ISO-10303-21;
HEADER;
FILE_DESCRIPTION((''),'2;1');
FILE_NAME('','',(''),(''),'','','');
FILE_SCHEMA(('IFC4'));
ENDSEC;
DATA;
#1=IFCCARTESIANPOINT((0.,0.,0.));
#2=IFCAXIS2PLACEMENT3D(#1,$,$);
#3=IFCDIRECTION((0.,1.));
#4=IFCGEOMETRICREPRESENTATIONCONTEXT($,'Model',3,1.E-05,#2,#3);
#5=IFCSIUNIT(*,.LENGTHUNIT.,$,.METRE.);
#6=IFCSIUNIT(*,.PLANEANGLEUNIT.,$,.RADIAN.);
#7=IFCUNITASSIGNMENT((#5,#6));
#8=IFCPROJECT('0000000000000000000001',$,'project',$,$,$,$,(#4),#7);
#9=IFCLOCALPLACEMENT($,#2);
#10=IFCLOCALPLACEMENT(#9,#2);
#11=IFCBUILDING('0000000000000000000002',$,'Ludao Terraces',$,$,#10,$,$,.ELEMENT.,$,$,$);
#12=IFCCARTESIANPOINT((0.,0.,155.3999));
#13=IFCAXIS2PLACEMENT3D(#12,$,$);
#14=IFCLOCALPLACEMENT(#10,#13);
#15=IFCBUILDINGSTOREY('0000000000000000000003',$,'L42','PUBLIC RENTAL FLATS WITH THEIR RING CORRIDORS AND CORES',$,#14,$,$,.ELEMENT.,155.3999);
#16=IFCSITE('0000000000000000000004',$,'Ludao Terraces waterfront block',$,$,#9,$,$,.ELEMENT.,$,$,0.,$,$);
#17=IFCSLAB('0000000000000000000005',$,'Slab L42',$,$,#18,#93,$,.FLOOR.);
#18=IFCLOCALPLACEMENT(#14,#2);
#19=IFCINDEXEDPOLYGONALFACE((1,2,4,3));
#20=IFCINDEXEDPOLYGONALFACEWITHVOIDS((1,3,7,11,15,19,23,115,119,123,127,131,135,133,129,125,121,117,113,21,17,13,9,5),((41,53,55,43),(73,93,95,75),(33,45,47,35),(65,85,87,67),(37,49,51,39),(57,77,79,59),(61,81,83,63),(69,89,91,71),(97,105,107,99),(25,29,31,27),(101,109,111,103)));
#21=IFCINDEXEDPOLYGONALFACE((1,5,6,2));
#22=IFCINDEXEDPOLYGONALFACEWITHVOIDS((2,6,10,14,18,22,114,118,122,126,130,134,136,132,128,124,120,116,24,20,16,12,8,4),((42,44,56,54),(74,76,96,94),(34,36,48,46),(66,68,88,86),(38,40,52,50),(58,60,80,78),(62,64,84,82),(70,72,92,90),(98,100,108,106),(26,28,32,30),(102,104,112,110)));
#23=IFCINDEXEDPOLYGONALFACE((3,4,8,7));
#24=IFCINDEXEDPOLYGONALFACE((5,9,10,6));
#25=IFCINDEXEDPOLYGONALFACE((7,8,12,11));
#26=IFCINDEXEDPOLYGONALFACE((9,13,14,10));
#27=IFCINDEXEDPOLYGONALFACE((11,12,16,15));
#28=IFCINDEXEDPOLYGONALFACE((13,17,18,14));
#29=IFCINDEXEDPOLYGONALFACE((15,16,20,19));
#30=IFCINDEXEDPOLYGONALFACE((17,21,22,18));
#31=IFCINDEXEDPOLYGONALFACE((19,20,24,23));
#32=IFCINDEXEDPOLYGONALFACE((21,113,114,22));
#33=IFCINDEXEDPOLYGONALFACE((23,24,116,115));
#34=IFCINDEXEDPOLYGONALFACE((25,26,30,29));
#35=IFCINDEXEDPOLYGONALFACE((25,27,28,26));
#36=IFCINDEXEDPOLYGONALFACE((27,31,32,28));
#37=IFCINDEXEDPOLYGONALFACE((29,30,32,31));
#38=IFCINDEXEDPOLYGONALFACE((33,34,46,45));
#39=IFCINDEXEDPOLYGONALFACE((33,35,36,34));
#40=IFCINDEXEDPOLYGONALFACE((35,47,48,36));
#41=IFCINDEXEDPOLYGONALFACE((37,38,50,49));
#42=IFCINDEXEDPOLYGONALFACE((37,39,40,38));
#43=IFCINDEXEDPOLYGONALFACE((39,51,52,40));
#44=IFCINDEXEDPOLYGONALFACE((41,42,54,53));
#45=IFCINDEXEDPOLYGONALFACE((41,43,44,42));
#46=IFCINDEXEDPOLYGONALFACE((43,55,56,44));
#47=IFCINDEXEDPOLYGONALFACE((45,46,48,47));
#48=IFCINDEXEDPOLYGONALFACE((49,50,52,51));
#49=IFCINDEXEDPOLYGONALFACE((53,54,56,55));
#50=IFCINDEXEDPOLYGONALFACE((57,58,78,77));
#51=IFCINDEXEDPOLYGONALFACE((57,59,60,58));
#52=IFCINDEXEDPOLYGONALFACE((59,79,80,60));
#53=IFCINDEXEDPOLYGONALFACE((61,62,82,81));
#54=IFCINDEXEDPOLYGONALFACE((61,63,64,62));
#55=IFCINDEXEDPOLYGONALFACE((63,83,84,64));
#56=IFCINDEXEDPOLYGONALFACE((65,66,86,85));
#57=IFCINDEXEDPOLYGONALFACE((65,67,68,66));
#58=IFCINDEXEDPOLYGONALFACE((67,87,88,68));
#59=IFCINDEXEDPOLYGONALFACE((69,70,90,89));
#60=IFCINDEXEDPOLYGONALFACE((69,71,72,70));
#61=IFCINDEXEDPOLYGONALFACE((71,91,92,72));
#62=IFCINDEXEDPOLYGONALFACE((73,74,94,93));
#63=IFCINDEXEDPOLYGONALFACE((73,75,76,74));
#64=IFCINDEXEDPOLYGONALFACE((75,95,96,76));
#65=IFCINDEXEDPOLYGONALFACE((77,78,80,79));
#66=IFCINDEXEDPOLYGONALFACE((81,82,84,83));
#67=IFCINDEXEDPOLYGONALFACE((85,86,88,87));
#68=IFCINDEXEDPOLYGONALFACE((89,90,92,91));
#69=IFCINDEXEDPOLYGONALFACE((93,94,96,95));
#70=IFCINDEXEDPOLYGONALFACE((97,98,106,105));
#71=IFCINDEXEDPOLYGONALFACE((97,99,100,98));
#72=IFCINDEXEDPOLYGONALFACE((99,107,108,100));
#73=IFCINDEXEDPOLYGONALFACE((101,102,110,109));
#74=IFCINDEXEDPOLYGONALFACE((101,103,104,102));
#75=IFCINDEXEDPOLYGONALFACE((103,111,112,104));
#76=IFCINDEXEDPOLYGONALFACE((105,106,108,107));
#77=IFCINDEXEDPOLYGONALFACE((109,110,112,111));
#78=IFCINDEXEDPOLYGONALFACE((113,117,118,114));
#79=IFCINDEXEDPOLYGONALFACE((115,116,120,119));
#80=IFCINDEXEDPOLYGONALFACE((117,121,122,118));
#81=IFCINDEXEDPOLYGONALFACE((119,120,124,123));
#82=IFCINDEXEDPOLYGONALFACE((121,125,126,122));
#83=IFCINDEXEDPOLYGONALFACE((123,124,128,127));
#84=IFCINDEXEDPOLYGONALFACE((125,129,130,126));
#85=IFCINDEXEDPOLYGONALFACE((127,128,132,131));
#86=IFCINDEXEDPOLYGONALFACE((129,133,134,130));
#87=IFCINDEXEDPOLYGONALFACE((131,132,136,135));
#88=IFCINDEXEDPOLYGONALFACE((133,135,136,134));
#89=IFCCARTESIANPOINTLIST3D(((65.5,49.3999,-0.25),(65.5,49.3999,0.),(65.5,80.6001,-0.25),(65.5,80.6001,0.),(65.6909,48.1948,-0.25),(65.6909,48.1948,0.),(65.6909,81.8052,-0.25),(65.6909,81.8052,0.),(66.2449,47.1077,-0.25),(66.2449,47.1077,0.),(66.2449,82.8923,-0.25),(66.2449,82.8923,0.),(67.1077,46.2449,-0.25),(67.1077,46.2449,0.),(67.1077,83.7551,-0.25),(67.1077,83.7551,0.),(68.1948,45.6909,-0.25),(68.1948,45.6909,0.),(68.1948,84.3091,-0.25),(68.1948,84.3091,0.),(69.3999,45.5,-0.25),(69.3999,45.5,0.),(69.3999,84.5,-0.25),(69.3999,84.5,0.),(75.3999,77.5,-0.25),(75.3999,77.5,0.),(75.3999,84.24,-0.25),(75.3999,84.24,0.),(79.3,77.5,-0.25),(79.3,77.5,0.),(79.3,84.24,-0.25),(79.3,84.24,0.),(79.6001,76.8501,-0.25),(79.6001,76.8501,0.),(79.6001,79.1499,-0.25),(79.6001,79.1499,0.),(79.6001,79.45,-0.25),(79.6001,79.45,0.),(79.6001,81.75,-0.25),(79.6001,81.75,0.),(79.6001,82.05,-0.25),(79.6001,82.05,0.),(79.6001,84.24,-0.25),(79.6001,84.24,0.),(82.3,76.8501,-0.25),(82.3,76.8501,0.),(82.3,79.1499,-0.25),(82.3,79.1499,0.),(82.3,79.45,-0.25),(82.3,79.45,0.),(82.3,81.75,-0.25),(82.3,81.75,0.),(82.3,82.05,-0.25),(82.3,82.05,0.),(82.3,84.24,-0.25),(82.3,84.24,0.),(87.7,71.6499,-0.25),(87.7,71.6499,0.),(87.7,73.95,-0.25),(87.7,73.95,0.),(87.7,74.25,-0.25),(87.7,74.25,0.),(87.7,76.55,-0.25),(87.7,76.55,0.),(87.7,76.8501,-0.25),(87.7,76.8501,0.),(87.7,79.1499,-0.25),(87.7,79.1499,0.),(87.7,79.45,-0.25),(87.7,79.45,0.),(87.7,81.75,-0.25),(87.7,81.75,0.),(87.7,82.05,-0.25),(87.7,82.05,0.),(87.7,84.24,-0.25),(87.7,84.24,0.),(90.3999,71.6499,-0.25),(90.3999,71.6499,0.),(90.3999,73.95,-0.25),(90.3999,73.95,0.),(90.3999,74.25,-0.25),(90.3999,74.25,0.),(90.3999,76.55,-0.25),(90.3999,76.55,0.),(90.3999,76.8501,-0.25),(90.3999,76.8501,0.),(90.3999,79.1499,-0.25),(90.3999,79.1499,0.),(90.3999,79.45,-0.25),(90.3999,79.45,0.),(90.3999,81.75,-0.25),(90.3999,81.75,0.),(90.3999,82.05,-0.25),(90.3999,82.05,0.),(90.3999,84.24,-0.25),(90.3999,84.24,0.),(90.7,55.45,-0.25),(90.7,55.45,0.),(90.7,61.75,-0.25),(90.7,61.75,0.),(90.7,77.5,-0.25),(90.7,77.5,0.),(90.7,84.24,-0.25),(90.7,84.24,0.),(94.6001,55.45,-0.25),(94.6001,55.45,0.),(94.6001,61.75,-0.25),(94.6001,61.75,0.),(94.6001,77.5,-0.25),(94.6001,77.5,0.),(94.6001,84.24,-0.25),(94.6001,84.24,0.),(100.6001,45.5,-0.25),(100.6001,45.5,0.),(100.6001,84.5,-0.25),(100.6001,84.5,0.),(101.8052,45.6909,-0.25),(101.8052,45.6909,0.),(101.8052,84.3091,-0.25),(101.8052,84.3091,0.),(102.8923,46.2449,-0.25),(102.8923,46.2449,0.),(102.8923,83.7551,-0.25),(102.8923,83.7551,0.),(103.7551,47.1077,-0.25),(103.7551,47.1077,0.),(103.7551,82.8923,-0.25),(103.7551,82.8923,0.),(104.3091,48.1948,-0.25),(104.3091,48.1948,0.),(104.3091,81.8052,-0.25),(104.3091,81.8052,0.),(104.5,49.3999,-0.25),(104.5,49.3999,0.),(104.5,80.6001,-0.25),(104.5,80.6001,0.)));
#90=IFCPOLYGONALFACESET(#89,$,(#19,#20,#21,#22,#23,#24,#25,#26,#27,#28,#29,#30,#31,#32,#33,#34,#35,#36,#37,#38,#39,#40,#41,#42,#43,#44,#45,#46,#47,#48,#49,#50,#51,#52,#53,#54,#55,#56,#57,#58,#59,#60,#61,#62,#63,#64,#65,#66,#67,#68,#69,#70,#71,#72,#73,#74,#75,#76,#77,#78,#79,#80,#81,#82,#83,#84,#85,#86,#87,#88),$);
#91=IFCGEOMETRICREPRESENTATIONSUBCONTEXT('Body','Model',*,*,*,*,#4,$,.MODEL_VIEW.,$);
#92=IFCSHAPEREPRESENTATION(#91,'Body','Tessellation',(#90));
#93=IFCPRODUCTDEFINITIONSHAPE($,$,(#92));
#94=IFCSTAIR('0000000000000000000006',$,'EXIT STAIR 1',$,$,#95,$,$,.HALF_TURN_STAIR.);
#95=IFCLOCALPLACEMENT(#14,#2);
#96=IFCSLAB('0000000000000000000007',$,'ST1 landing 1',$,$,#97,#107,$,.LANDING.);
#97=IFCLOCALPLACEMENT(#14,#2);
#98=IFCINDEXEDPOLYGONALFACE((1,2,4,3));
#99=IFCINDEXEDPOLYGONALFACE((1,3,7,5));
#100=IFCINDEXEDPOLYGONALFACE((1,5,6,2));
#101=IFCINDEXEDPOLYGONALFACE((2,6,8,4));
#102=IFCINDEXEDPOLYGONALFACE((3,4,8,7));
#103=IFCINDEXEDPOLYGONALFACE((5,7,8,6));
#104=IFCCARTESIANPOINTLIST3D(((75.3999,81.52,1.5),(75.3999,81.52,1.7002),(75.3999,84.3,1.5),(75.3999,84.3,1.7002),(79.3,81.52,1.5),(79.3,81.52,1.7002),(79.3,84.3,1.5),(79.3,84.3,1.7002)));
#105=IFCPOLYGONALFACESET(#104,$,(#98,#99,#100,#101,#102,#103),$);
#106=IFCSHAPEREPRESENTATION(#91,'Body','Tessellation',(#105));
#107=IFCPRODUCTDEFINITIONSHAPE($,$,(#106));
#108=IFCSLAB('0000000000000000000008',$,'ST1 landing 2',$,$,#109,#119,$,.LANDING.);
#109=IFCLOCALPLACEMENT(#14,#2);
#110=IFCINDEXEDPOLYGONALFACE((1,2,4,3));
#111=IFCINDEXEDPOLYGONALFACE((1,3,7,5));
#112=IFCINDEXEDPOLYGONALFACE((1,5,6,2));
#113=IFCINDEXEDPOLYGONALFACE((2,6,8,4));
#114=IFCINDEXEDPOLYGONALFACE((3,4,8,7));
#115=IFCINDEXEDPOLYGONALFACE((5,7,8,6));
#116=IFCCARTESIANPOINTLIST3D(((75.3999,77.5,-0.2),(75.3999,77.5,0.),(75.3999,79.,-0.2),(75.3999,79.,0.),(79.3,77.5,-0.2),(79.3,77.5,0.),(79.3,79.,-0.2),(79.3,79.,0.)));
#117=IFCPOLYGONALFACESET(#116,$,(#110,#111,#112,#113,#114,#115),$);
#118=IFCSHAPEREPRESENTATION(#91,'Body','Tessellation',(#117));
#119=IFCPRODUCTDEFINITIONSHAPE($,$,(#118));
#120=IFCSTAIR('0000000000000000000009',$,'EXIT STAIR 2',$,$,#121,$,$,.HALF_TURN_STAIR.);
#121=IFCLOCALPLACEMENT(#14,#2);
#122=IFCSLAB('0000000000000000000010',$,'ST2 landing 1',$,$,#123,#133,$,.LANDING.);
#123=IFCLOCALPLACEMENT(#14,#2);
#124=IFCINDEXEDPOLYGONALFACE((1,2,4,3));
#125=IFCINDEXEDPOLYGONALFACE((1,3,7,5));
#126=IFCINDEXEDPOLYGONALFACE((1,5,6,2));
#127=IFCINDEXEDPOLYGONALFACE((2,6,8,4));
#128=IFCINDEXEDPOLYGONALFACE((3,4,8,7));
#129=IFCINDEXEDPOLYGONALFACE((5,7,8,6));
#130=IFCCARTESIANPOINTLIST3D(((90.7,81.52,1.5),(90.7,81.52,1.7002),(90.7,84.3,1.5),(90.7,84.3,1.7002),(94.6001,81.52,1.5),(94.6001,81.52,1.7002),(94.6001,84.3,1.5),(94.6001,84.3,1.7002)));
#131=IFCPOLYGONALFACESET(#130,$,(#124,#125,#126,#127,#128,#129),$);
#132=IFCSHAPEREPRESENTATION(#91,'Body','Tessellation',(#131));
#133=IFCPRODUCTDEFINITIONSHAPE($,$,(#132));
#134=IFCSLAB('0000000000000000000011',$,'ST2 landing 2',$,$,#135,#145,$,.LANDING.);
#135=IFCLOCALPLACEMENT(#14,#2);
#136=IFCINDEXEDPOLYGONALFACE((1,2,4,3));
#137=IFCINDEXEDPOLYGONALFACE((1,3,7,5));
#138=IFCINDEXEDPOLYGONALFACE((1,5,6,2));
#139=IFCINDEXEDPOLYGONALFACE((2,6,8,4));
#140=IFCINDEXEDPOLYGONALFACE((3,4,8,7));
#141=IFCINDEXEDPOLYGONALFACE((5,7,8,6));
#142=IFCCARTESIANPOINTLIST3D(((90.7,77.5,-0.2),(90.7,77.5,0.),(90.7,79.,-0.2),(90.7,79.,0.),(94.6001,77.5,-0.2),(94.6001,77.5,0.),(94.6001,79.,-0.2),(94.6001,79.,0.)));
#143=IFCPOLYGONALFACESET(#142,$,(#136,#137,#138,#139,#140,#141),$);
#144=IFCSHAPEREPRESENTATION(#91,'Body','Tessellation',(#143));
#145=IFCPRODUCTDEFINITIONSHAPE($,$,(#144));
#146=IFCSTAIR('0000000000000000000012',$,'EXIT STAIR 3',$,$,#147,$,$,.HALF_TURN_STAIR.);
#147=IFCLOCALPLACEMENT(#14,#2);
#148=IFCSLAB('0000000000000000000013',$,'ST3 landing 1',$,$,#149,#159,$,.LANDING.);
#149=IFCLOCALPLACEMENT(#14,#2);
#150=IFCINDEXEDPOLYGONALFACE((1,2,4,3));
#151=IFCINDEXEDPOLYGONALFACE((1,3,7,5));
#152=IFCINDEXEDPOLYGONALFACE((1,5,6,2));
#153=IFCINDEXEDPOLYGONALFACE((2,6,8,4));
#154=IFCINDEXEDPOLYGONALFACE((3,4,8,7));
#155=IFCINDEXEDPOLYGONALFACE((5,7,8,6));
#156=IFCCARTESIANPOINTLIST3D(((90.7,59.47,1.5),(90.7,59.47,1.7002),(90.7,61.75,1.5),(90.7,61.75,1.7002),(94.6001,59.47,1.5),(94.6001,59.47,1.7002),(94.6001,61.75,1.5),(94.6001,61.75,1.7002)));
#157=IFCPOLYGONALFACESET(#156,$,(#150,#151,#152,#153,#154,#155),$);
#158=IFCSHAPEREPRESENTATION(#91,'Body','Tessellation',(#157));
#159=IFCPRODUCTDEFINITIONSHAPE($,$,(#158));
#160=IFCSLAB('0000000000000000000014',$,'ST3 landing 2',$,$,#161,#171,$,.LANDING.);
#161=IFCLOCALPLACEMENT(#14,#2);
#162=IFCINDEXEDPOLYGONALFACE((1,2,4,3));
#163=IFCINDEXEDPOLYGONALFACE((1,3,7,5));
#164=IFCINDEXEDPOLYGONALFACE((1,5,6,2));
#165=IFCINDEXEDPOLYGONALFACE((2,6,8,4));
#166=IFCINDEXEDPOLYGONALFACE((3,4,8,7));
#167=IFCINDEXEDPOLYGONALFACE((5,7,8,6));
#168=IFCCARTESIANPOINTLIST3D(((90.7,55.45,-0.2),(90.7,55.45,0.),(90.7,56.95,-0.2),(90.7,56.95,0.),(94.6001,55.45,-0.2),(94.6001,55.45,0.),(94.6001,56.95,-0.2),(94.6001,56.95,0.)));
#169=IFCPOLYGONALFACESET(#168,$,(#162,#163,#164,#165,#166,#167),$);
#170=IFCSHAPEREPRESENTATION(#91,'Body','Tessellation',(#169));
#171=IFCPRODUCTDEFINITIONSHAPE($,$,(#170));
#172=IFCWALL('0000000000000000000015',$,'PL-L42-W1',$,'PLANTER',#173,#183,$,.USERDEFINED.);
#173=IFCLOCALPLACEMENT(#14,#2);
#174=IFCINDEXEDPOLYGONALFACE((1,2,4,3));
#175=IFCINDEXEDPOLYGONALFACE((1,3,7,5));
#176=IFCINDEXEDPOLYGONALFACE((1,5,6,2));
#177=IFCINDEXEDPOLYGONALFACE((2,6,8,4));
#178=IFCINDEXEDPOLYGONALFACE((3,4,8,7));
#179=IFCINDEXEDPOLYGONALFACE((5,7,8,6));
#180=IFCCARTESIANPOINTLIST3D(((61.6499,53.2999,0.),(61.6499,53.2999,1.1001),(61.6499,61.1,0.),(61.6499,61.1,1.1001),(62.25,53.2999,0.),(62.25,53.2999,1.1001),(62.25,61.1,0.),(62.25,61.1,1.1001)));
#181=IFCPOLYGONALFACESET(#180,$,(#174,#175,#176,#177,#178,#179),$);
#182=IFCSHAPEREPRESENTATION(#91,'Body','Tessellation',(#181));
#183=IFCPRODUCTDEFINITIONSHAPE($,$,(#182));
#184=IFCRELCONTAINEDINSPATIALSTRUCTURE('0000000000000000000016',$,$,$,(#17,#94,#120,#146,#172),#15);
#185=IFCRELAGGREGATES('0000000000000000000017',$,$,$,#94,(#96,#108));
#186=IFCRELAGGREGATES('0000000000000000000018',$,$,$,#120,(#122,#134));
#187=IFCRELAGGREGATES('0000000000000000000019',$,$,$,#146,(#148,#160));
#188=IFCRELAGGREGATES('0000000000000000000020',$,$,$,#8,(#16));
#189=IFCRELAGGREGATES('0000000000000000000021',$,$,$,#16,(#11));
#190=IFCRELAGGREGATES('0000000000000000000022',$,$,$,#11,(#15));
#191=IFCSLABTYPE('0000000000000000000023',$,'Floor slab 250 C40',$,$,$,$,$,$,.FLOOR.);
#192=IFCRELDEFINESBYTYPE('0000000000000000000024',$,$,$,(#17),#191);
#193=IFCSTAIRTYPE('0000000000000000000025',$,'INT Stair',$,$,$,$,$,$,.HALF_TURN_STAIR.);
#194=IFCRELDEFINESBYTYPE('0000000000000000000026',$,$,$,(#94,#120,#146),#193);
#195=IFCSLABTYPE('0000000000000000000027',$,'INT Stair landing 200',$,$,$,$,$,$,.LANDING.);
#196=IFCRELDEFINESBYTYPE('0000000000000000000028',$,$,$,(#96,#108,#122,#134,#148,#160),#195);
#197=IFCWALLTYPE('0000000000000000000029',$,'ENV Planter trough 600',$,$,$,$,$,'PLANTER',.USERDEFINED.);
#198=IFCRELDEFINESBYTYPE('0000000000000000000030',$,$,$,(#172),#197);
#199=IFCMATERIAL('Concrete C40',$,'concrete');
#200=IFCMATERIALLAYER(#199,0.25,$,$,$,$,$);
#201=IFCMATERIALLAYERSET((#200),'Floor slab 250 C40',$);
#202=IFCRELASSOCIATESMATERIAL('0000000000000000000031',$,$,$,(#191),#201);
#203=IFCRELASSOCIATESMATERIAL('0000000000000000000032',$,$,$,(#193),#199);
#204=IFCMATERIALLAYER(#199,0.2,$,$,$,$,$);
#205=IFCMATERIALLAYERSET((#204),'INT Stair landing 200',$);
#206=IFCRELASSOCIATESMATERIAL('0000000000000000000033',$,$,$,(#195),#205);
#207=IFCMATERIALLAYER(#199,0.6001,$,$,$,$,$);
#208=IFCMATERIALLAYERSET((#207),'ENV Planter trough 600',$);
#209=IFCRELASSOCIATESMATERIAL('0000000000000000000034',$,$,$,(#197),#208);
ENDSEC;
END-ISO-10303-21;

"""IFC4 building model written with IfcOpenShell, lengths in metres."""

from ifc_helpers import new_model, si_unit, direction, frame, frame_2d, origin, place, context, subcontext, project, spatial, polyline, rectangle, outline, extrude, material, layer, layer_set, type_object, element, aggregate, save


model = new_model("IFC4")

# Units and contexts
model_context = context("Model", 3, precision=1e-05, world=origin(), true_north=direction((0.0, 1.0)))
body_context = subcontext(model_context, "Body", "Model", "MODEL_VIEW")
ifc_project = project(units=[si_unit("LENGTHUNIT", "METRE"), si_unit("PLANEANGLEUNIT", "RADIAN")], contexts=[model_context])

# Site, building, storey
site_placement = place(None, origin())
site = spatial("IfcSite", under=ifc_project, at=site_placement, Name="Ludao Terraces waterfront block", CompositionType="ELEMENT", RefElevation=0.0)
building_placement = place(site_placement, origin())
building = spatial("IfcBuilding", under=site, at=building_placement, Name="Ludao Terraces", CompositionType="ELEMENT")
storey_placement = place(building_placement, frame((0.0, 0.0, 155.3999)))
storey = spatial("IfcBuildingStorey", under=building, at=storey_placement, Name="L42", Description="PUBLIC RENTAL FLATS WITH THEIR RING CORRIDORS AND CORES", CompositionType="ELEMENT", Elevation=155.3999)

# Shared definitions
ifc_material_1 = material(Name="Concrete C40", Category="concrete")

# Slab
ifc_layer_1 = layer(ifc_material_1, 0.25)
ifc_layer_set_1 = layer_set([ifc_layer_1], Name="Floor slab 250 C40")
slab_type_1 = type_object("IfcSlabType", Name="Floor slab 250 C40", PredefinedType="FLOOR", material=ifc_layer_set_1)
slab_1_placement = place(storey_placement, frame((0.0, 0.0, -0.25)))
element("IfcSlab", 1, at=slab_1_placement, inside=storey, type_object=slab_type_1, Name="Slab L42", PredefinedType="FLOOR", context=body_context, shape_type="SweptSolid", body=[
    extrude(outline(polyline([(100.6001, 45.5), (101.8052, 45.6909), (102.8923, 46.2449), (103.7551, 47.1077), (104.3091, 48.1948), (104.5, 49.3999), (104.5, 80.6001), (104.3091, 81.8052), (103.7551, 82.8923), (102.8923, 83.7551), (101.8052, 84.3091), (100.6001, 84.5), (69.3999, 84.5), (68.1948, 84.3091), (67.1077, 83.7551), (66.2449, 82.8923), (65.6909, 81.8052), (65.5, 80.6001), (65.5, 49.3999), (65.6909, 48.1948), (66.2449, 47.1077), (67.1077, 46.2449), (68.1948, 45.6909), (69.3999, 45.5), (100.6001, 45.5)]), holes=[polyline([(79.6001, 76.8501), (82.3, 76.8501), (82.3, 79.1499), (79.6001, 79.1499), (79.6001, 76.8501)]), polyline([(79.6001, 79.45), (82.3, 79.45), (82.3, 81.75), (79.6001, 81.75), (79.6001, 79.45)]), polyline([(79.6001, 82.05), (82.3, 82.05), (82.3, 84.24), (79.6001, 84.24), (79.6001, 82.05)]), polyline([(87.7, 71.6499), (90.3999, 71.6499), (90.3999, 73.95), (87.7, 73.95), (87.7, 71.6499)]), polyline([(87.7, 74.25), (90.3999, 74.25), (90.3999, 76.55), (87.7, 76.55), (87.7, 74.25)]), polyline([(87.7, 76.8501), (90.3999, 76.8501), (90.3999, 79.1499), (87.7, 79.1499), (87.7, 76.8501)]), polyline([(87.7, 79.45), (90.3999, 79.45), (90.3999, 81.75), (87.7, 81.75), (87.7, 79.45)]), polyline([(87.7, 82.05), (90.3999, 82.05), (90.3999, 84.24), (87.7, 84.24), (87.7, 82.05)]), polyline([(75.3999, 77.5), (79.3, 77.5), (79.3, 84.24), (75.3999, 84.24), (75.3999, 77.5)]), polyline([(90.7, 77.5), (94.6001, 77.5), (94.6001, 84.24), (90.7, 84.24), (90.7, 77.5)]), polyline([(90.7, 55.45), (94.6001, 55.45), (94.6001, 61.75), (90.7, 61.75), (90.7, 55.45)])]), origin(), (0.0, 0.0, 1.0), 0.25),
])

# Stairs, slabs
stair_type = type_object("IfcStairType", Name="INT Stair", PredefinedType="HALF_TURN_STAIR", material=ifc_material_1)
stair_1_placement = place(storey_placement, origin())
stair_1 = element("IfcStair", 2, at=stair_1_placement, inside=storey, type_object=stair_type, Name="EXIT STAIR 1", PredefinedType="HALF_TURN_STAIR")
ifc_layer_2 = layer(ifc_material_1, 0.2)
ifc_layer_set_2 = layer_set([ifc_layer_2], Name="INT Stair landing 200")
slab_type_2 = type_object("IfcSlabType", Name="INT Stair landing 200", PredefinedType="LANDING", material=ifc_layer_set_2)
slab_2_placement = place(storey_placement, frame((0.0, 0.0, 1.5)))
slab_2 = element("IfcSlab", 3, at=slab_2_placement, type_object=slab_type_2, Name="ST1 landing 1", PredefinedType="LANDING", context=body_context, shape_type="SweptSolid", body=[
    extrude(outline(polyline([(75.3999, 81.52), (79.3, 81.52), (79.3, 84.3), (75.3999, 84.3), (75.3999, 81.52)])), origin(), (0.0, 0.0, 1.0), 0.2002),
])
slab_3_placement = place(storey_placement, frame((0.0, 0.0, -0.2)))
slab_3 = element("IfcSlab", 4, at=slab_3_placement, type_object=slab_type_2, Name="ST1 landing 2", PredefinedType="LANDING", context=body_context, shape_type="SweptSolid", body=[
    extrude(outline(polyline([(75.3999, 77.5), (79.3, 77.5), (79.3, 79.0), (75.3999, 79.0), (75.3999, 77.5)])), origin(), (0.0, 0.0, 1.0), 0.2),
])
aggregate(stair_1, [slab_2, slab_3])
stair_2_placement = place(storey_placement, origin())
stair_2 = element("IfcStair", 5, at=stair_2_placement, inside=storey, type_object=stair_type, Name="EXIT STAIR 2", PredefinedType="HALF_TURN_STAIR")
slab_4_placement = place(storey_placement, frame((0.0, 0.0, 1.5)))
slab_4 = element("IfcSlab", 6, at=slab_4_placement, type_object=slab_type_2, Name="ST2 landing 1", PredefinedType="LANDING", context=body_context, shape_type="SweptSolid", body=[
    extrude(outline(polyline([(90.7, 81.52), (94.6001, 81.52), (94.6001, 84.3), (90.7, 84.3), (90.7, 81.52)])), origin(), (0.0, 0.0, 1.0), 0.2002),
])
slab_5_placement = place(storey_placement, frame((0.0, 0.0, -0.2)))
slab_5 = element("IfcSlab", 7, at=slab_5_placement, type_object=slab_type_2, Name="ST2 landing 2", PredefinedType="LANDING", context=body_context, shape_type="SweptSolid", body=[
    extrude(outline(polyline([(90.7, 77.5), (94.6001, 77.5), (94.6001, 79.0), (90.7, 79.0), (90.7, 77.5)])), origin(), (0.0, 0.0, 1.0), 0.2),
])
aggregate(stair_2, [slab_4, slab_5])
stair_3_placement = place(storey_placement, origin())
stair_3 = element("IfcStair", 8, at=stair_3_placement, inside=storey, type_object=stair_type, Name="EXIT STAIR 3", PredefinedType="HALF_TURN_STAIR")
slab_6_placement = place(storey_placement, frame((0.0, 0.0, 1.5)))
slab_6 = element("IfcSlab", 9, at=slab_6_placement, type_object=slab_type_2, Name="ST3 landing 1", PredefinedType="LANDING", context=body_context, shape_type="SweptSolid", body=[
    extrude(outline(polyline([(90.7, 59.47), (94.6001, 59.47), (94.6001, 61.75), (90.7, 61.75), (90.7, 59.47)])), origin(), (0.0, 0.0, 1.0), 0.2002),
])
slab_7_placement = place(storey_placement, frame((0.0, 0.0, -0.2)))
slab_7 = element("IfcSlab", 10, at=slab_7_placement, type_object=slab_type_2, Name="ST3 landing 2", PredefinedType="LANDING", context=body_context, shape_type="SweptSolid", body=[
    extrude(outline(polyline([(90.7, 55.45), (94.6001, 55.45), (94.6001, 56.95), (90.7, 56.95), (90.7, 55.45)])), origin(), (0.0, 0.0, 1.0), 0.2),
])
aggregate(stair_3, [slab_6, slab_7])

# Wall
ifc_layer_3 = layer(ifc_material_1, 0.6001)
ifc_layer_set_3 = layer_set([ifc_layer_3], Name="ENV Planter trough 600")
wall_type = type_object("IfcWallType", Name="ENV Planter trough 600", ElementType="PLANTER", PredefinedType="USERDEFINED", material=ifc_layer_set_3)
wall_1_placement = place(storey_placement, frame((61.95, 53.3, 0.0), z_axis=(0.0, 0.0, 1.0), x_axis=(0.0, 1.0, 0.0)))
element("IfcWall", 11, at=wall_1_placement, inside=storey, type_object=wall_type, Name="PL-L42-W1", ObjectType="PLANTER", PredefinedType="USERDEFINED", context=body_context, shape_type="SweptSolid", body=[
    extrude(rectangle(XDim=7.8, YDim=0.6001, at=frame_2d((3.8999, 0.0))), origin(), (0.0, 0.0, 1.0), 1.1001),
])

save(model, "model.ifc")
